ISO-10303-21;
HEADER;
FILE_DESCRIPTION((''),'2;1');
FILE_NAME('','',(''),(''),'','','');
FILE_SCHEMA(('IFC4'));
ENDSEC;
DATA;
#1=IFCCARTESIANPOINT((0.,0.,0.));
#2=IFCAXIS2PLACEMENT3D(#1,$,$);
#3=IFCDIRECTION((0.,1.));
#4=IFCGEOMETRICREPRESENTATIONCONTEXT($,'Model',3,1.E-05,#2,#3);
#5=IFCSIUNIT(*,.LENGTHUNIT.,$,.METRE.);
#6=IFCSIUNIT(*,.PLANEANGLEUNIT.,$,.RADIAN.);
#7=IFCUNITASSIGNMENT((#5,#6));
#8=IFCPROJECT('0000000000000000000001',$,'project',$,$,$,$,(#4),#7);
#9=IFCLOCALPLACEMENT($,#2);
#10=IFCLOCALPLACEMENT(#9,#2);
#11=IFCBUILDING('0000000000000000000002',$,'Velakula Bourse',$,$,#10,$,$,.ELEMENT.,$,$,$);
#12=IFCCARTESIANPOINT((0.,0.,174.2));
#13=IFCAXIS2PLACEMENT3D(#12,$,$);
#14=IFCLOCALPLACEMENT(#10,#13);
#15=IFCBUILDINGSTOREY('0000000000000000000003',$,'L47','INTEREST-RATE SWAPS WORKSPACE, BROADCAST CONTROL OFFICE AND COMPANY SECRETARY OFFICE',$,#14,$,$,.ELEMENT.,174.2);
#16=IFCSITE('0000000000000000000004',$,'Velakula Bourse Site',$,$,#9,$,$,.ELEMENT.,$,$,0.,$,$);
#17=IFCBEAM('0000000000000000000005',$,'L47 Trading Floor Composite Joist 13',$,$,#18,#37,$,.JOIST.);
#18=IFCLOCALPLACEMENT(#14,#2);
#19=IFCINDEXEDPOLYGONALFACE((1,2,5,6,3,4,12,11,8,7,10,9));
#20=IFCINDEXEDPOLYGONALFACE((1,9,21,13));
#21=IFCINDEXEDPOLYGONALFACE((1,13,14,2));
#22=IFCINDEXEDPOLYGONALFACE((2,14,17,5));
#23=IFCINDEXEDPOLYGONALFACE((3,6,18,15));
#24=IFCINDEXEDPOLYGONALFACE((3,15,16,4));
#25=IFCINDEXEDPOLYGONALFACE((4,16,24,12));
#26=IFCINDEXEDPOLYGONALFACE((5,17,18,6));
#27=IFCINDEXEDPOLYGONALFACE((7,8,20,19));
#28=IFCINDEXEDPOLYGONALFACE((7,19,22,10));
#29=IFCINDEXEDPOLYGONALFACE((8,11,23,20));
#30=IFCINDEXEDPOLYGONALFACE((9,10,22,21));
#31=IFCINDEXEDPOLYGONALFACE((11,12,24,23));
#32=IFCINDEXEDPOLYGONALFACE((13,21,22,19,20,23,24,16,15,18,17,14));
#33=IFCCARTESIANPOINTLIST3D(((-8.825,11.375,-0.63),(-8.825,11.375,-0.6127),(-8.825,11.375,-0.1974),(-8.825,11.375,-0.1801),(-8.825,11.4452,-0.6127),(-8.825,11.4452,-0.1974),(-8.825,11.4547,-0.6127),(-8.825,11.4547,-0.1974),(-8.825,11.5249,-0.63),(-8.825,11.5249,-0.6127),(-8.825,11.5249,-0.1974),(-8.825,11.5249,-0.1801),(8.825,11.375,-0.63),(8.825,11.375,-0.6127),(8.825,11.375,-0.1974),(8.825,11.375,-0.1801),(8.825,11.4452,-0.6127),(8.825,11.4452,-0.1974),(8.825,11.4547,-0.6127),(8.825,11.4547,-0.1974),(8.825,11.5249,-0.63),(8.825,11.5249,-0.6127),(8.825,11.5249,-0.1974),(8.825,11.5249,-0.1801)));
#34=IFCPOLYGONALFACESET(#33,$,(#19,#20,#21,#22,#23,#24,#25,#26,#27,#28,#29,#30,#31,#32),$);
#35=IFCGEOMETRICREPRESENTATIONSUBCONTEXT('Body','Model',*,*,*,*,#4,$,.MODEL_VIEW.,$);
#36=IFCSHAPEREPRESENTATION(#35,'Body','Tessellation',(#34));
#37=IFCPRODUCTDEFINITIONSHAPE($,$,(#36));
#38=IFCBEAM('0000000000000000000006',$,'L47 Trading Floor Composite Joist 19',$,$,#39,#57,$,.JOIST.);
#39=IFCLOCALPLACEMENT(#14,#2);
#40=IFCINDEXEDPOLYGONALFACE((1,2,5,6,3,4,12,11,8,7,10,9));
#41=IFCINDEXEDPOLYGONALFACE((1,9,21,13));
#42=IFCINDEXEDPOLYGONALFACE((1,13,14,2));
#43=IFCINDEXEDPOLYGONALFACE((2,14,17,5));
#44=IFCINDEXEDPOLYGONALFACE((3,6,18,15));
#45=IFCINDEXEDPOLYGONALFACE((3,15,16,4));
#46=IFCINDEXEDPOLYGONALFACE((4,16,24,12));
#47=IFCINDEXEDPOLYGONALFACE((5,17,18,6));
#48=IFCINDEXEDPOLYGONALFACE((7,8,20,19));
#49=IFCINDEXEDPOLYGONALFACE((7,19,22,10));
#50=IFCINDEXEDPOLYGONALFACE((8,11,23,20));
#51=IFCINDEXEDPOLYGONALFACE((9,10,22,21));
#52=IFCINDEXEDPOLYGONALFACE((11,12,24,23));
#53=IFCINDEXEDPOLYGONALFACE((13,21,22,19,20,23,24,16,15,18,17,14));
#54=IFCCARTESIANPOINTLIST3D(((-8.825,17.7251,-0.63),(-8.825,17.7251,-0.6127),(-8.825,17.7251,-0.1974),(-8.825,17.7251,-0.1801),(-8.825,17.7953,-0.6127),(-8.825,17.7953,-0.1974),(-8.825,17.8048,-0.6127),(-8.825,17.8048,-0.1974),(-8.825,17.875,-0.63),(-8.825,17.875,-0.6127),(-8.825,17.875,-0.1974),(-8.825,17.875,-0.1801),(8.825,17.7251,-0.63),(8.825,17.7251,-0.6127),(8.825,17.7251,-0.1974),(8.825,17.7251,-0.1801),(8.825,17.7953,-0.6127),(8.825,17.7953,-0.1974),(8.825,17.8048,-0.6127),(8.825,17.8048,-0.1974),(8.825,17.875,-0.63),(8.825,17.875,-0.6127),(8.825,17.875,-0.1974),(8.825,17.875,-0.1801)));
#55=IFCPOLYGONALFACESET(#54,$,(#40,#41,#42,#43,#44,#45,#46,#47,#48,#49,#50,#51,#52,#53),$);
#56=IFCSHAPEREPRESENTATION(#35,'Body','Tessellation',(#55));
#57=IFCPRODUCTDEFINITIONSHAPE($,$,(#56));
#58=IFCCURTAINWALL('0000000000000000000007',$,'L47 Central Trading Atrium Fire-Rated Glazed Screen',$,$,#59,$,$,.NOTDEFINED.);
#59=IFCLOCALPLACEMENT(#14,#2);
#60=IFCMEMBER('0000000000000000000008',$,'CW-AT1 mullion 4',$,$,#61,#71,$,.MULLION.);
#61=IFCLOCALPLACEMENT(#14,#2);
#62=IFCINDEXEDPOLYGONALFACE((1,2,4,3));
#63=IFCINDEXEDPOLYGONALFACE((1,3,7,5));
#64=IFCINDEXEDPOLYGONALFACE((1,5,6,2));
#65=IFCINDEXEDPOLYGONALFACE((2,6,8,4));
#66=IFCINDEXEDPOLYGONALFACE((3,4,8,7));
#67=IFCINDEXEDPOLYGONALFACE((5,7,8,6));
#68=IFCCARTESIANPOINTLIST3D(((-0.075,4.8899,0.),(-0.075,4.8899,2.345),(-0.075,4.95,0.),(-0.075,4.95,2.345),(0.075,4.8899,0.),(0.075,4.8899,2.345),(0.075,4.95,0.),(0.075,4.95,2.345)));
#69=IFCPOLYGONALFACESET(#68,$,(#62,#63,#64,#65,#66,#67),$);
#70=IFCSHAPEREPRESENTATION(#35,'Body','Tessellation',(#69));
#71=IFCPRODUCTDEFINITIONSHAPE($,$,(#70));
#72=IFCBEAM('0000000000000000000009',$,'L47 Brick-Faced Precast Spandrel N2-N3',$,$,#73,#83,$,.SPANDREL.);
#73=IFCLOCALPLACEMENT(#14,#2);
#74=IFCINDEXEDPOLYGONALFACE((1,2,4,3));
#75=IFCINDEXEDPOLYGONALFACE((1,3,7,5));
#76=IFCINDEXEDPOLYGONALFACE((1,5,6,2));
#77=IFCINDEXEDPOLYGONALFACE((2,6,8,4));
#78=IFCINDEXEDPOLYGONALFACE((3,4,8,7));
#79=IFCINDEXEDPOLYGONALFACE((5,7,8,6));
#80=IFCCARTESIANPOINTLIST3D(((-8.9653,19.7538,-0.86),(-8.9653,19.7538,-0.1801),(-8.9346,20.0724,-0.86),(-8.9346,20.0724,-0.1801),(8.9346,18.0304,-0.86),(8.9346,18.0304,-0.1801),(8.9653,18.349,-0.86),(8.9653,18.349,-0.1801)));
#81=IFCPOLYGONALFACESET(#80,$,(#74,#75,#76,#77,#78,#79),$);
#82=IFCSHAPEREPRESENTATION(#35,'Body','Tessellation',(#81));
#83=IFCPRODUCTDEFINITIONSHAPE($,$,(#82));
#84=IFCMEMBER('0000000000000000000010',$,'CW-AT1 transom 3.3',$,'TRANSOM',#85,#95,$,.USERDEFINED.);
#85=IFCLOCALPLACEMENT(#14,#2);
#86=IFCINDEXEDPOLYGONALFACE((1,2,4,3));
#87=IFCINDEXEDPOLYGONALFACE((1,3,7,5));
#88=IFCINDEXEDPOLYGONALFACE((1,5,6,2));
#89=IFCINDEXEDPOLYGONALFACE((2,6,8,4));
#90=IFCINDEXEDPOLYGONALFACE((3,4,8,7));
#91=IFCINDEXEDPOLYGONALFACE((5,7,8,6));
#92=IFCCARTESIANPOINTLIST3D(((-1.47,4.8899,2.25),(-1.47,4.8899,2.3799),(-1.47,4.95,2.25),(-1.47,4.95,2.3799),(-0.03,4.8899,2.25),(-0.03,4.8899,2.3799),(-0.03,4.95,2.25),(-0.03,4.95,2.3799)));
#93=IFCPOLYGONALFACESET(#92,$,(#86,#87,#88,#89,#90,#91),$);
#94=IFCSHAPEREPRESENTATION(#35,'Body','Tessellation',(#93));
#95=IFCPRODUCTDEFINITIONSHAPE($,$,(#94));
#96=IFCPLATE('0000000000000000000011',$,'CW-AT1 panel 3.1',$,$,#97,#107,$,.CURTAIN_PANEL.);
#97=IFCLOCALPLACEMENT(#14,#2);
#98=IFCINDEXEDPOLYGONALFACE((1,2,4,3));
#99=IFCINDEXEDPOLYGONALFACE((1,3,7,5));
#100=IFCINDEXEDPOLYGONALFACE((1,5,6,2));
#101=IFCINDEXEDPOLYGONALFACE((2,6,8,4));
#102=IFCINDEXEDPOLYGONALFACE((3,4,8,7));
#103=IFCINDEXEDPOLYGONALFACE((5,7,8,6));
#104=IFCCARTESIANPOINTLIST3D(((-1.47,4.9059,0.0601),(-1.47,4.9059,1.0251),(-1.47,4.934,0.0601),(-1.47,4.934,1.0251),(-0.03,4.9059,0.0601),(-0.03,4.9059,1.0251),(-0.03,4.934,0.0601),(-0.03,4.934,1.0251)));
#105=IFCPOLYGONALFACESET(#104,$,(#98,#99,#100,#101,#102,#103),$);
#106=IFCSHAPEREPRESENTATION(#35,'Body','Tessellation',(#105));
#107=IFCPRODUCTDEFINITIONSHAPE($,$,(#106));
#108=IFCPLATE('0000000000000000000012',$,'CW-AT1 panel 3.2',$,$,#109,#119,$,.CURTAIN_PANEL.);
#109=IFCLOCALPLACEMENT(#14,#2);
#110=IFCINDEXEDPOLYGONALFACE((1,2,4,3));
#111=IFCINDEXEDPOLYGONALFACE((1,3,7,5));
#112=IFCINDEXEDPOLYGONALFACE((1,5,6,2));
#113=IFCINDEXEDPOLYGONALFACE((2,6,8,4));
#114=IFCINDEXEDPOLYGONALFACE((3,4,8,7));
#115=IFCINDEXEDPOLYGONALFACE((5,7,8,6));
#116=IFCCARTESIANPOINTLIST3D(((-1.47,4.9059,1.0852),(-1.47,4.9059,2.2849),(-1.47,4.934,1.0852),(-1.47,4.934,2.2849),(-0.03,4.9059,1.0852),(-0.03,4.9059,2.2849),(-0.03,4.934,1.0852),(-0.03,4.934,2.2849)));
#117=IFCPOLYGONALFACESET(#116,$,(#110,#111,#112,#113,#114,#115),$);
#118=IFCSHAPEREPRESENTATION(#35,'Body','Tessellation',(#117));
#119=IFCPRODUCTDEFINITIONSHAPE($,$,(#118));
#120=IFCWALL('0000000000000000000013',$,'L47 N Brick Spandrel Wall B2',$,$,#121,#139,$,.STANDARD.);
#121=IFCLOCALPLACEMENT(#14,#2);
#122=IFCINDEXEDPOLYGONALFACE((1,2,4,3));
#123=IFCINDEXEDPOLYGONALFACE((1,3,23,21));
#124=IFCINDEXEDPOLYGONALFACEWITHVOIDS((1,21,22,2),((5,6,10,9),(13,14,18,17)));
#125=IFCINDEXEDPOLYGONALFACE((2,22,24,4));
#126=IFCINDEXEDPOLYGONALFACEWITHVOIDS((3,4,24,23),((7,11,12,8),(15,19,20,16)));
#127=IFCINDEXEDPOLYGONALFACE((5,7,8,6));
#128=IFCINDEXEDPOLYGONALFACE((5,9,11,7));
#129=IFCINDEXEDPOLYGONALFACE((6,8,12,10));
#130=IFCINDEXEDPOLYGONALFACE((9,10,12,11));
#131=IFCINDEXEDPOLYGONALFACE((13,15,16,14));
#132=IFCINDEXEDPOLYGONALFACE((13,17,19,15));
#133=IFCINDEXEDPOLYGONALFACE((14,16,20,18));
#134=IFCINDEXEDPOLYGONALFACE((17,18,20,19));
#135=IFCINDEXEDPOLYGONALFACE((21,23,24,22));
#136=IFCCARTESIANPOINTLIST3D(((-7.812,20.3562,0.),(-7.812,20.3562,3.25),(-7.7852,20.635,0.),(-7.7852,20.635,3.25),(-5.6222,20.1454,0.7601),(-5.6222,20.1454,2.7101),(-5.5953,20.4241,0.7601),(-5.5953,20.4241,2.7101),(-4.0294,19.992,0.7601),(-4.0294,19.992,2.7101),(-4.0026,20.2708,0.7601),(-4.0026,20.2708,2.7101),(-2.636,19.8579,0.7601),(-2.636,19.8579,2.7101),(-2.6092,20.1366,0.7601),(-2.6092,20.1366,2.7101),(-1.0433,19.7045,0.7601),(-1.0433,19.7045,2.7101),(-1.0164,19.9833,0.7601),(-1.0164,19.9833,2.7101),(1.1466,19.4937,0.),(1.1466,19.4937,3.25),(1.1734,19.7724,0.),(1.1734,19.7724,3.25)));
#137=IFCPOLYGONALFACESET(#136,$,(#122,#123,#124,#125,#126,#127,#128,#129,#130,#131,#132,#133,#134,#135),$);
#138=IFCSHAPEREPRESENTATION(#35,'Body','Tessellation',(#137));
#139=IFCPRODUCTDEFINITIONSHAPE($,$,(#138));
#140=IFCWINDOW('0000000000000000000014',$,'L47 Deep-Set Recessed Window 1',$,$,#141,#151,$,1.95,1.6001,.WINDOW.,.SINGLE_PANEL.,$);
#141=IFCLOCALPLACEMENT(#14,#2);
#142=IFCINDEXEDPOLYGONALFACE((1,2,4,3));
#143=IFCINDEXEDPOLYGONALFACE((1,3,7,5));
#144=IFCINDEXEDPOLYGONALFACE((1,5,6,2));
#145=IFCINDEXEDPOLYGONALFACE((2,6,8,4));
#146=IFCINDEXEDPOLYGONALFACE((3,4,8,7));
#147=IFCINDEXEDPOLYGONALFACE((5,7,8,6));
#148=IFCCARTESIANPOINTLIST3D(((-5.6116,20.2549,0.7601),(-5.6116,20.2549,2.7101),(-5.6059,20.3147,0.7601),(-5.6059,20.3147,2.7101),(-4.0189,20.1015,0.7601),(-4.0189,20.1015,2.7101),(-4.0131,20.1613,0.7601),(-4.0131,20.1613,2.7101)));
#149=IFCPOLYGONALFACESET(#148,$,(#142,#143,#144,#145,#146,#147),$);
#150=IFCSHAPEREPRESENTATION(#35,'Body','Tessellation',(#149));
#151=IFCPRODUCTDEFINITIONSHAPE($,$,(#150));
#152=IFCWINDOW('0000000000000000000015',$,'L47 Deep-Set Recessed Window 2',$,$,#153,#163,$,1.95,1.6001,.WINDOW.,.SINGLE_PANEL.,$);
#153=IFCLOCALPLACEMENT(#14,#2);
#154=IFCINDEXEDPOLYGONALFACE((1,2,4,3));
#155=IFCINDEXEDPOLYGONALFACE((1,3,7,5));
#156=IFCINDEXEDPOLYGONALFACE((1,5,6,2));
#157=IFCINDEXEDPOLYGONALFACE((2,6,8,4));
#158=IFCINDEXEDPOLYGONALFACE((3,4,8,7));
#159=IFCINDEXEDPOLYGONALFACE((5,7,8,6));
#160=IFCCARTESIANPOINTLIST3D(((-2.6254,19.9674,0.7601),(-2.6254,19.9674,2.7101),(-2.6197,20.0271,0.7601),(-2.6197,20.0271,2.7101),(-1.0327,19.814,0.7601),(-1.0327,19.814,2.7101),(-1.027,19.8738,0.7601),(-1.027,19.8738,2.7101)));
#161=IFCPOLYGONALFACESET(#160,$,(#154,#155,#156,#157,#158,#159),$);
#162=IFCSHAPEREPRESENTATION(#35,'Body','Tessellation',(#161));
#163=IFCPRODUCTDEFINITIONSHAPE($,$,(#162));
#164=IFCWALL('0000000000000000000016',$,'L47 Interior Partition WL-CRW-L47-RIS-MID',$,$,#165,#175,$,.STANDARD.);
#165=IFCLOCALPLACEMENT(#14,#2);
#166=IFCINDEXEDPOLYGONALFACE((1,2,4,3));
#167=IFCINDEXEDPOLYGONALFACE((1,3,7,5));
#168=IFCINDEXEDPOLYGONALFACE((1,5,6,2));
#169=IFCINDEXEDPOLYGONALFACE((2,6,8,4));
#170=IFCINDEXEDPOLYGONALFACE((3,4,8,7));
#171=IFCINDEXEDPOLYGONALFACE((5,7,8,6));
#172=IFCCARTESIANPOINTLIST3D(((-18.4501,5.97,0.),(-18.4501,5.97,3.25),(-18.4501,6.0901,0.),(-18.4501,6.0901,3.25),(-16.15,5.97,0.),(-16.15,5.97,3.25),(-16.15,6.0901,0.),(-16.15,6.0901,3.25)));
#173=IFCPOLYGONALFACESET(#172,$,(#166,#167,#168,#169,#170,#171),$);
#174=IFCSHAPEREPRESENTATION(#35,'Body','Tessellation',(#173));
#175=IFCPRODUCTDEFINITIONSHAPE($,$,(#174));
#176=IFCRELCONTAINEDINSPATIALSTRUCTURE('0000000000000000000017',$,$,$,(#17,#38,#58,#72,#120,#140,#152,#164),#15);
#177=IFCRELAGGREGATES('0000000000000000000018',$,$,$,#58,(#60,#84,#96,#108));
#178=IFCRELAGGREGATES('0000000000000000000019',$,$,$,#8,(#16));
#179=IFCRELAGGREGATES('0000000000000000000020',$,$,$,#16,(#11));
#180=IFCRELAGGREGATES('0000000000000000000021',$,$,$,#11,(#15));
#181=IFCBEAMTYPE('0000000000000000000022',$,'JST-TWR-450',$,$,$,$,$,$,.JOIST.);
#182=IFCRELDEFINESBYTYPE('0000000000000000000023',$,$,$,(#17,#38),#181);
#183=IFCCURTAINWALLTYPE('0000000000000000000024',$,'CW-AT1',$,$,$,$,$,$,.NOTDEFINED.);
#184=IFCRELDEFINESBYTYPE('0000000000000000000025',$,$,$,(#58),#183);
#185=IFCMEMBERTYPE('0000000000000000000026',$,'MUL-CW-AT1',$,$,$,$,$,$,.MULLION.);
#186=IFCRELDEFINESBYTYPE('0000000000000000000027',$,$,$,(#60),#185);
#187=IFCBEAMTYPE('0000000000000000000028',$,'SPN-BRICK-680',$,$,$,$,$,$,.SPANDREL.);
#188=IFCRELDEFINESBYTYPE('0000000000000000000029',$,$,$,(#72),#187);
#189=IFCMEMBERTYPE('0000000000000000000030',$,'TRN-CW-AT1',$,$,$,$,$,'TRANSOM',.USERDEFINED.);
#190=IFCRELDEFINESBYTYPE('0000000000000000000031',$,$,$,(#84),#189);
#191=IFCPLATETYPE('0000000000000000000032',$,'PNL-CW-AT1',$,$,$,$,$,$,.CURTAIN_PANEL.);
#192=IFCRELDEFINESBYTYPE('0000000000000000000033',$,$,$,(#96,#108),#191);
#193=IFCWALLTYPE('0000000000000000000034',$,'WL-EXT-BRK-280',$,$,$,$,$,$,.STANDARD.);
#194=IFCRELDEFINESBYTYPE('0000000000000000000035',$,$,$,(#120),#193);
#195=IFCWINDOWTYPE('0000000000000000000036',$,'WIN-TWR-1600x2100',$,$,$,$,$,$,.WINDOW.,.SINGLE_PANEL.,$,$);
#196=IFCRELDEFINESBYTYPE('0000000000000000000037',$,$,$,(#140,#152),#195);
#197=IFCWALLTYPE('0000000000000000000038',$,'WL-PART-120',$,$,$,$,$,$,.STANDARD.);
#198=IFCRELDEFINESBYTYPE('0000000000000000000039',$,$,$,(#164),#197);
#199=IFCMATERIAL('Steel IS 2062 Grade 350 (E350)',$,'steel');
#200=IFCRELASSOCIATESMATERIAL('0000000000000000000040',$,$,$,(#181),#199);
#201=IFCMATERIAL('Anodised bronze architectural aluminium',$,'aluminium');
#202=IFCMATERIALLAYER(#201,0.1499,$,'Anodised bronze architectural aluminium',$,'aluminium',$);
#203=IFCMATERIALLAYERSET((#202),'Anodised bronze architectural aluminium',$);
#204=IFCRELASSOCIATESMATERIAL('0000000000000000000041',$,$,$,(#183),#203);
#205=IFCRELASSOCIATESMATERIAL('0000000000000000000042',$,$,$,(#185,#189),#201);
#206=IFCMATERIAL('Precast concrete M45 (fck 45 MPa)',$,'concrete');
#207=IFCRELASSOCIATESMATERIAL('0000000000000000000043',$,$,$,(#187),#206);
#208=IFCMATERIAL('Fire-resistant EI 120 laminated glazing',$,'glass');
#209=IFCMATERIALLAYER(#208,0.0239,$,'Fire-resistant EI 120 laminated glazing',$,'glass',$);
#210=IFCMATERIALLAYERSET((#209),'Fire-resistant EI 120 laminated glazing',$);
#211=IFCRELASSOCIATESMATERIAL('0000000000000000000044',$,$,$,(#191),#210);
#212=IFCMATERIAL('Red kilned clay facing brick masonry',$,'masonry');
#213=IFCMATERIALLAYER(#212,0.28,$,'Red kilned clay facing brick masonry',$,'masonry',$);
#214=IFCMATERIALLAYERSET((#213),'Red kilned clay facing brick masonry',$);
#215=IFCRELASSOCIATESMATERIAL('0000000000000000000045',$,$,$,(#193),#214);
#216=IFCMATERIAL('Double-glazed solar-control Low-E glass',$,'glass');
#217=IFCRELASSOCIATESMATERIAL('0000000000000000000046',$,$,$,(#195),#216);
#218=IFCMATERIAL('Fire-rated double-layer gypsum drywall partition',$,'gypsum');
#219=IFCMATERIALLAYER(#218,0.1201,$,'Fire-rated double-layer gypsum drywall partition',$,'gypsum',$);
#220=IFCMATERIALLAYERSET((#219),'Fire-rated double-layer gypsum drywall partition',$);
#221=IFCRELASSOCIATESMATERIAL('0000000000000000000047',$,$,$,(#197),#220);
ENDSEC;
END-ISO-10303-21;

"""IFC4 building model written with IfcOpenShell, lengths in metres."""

from ifc_helpers import new_model, si_unit, direction, frame, frame_2d, origin, origin_2d, place, context, subcontext, project, spatial, rectangle, i_section, extrude, material, layer, layer_set, material_profile, profile_set, type_object, element, fill, aggregate, save


model = new_model("IFC4")

# Units and contexts
model_context = context("Model", 3, precision=1e-05, world=origin(), true_north=direction((0.0, 1.0)))
body_context = subcontext(model_context, "Body", "Model", "MODEL_VIEW")
ifc_project = project(units=[si_unit("LENGTHUNIT", "METRE"), si_unit("PLANEANGLEUNIT", "RADIAN")], contexts=[model_context])

# Site, building, storey
site_placement = place(None, origin())
site = spatial("IfcSite", under=ifc_project, at=site_placement, Name="Velakula Bourse Site", CompositionType="ELEMENT", RefElevation=0.0)
building_placement = place(site_placement, origin())
building = spatial("IfcBuilding", under=site, at=building_placement, Name="Velakula Bourse", CompositionType="ELEMENT")
storey_placement = place(building_placement, frame((0.0, 0.0, 174.2)))
storey = spatial("IfcBuildingStorey", under=building, at=storey_placement, Name="L47", Description="INTEREST-RATE SWAPS WORKSPACE, BROADCAST CONTROL OFFICE AND COMPANY SECRETARY OFFICE", CompositionType="ELEMENT", Elevation=174.2)

# Shared definitions
ifc_material_1 = material(Name="Steel IS 2062 Grade 350 (E350)", Category="steel")

# Beams
ifc_material_profile_1 = material_profile(ifc_material_1, i_section(OverallWidth=0.1499, OverallDepth=0.45, WebThickness=0.0095, FlangeThickness=0.0173, at=origin_2d()), Name="Steel IS 2062 Grade 350 (E350)")
ifc_profile_set_1 = profile_set([ifc_material_profile_1], Name="Steel IS 2062 Grade 350 (E350)")
beam_type_1 = type_object("IfcBeamType", Name="JST-TWR-450", PredefinedType="JOIST", material=ifc_profile_set_1)
for number, where, z_axis, x_axis, name in (
    (1, (-8.825, 11.45, -0.405), (1.0, 0.0, 0.0), (0.0, 1.0, 0.0), "L47 Trading Floor Composite Joist 13"),
    (2, (-8.825, 17.8, -0.405), (1.0, 0.0, 0.0), (0.0, 1.0, 0.0), "L47 Trading Floor Composite Joist 19"),
):
    element("IfcBeam", number, at=place(storey_placement, frame(where, z_axis=z_axis, x_axis=x_axis)), inside=storey, type_object=beam_type_1, Name=name, PredefinedType="JOIST", context=body_context, shape_type="SweptSolid", body=[
        extrude(i_section(OverallWidth=0.1499, OverallDepth=0.45, WebThickness=0.0095, FlangeThickness=0.0173, at=origin_2d()), origin(), (0.0, 0.0, 1.0), 17.6499),
    ])

# Curtain wall, member
ifc_material_2 = material(Name="Anodised bronze architectural aluminium", Category="aluminium")
ifc_layer_1 = layer(ifc_material_2, 0.1499, Name="Anodised bronze architectural aluminium", Category="aluminium")
ifc_layer_set_1 = layer_set([ifc_layer_1], Name="Anodised bronze architectural aluminium")
curtain_wall_type = type_object("IfcCurtainWallType", Name="CW-AT1", PredefinedType="NOTDEFINED", material=ifc_layer_set_1)
curtain_wall_placement = place(storey_placement, origin())
curtain_wall = element("IfcCurtainWall", 3, at=curtain_wall_placement, inside=storey, type_object=curtain_wall_type, Name="L47 Central Trading Atrium Fire-Rated Glazed Screen", PredefinedType="NOTDEFINED")
ifc_material_profile_2 = material_profile(ifc_material_2, rectangle(XDim=0.0601, YDim=0.1499, at=origin_2d()), Name="Anodised bronze architectural aluminium")
ifc_profile_set_2 = profile_set([ifc_material_profile_2], Name="Anodised bronze architectural aluminium")
member_type_1 = type_object("IfcMemberType", Name="MUL-CW-AT1", PredefinedType="MULLION", material=ifc_profile_set_2)
member_1_placement = place(storey_placement, frame((0.0, 4.9199, 0.0), z_axis=(0.0, 0.0, 1.0), x_axis=(0.0, 1.0, 0.0)))
member_1 = element("IfcMember", 4, at=member_1_placement, type_object=member_type_1, Name="CW-AT1 mullion 4", PredefinedType="MULLION", context=body_context, shape_type="SweptSolid", body=[
    extrude(rectangle(XDim=0.0601, YDim=0.1499, at=origin_2d()), origin(), (0.0, 0.0, 1.0), 2.345),
])

# Beam
ifc_material_3 = material(Name="Precast concrete M45 (fck 45 MPa)", Category="concrete")
ifc_material_profile_3 = material_profile(ifc_material_3, rectangle(XDim=0.3201, YDim=0.6799, at=origin_2d()), Name="Precast concrete M45 (fck 45 MPa)")
ifc_profile_set_3 = profile_set([ifc_material_profile_3], Name="Precast concrete M45 (fck 45 MPa)")
beam_type_2 = type_object("IfcBeamType", Name="SPN-BRICK-680", PredefinedType="SPANDREL", material=ifc_profile_set_3)
beam_1_placement = place(storey_placement, frame((-8.95, 19.9131, -0.52), z_axis=(0.995397, -0.095836, 0.0), x_axis=(0.095836, 0.995397, 0.0)))
element("IfcBeam", 5, at=beam_1_placement, inside=storey, type_object=beam_type_2, Name="L47 Brick-Faced Precast Spandrel N2-N3", PredefinedType="SPANDREL", context=body_context, shape_type="SweptSolid", body=[
    extrude(rectangle(XDim=0.3201, YDim=0.6799, at=origin_2d()), origin(), (0.0, 0.0, 1.0), 17.9827),
])

# Member
ifc_material_profile_4 = material_profile(ifc_material_2, rectangle(XDim=0.0601, YDim=0.1299, at=origin_2d()), Name="Anodised bronze architectural aluminium")
ifc_profile_set_4 = profile_set([ifc_material_profile_4], Name="Anodised bronze architectural aluminium")
member_type_2 = type_object("IfcMemberType", Name="TRN-CW-AT1", ElementType="TRANSOM", PredefinedType="USERDEFINED", material=ifc_profile_set_4)
member_2_placement = place(storey_placement, frame((-1.47, 4.9199, 2.3149), z_axis=(1.0, 0.0, 0.0), x_axis=(0.0, 1.0, 0.0)))
member_2 = element("IfcMember", 6, at=member_2_placement, type_object=member_type_2, Name="CW-AT1 transom 3.3", ObjectType="TRANSOM", PredefinedType="USERDEFINED", context=body_context, shape_type="SweptSolid", body=[
    extrude(rectangle(XDim=0.0601, YDim=0.1299, at=origin_2d()), origin(), (0.0, 0.0, 1.0), 1.4399),
])

# Plates
ifc_material_4 = material(Name="Fire-resistant EI 120 laminated glazing", Category="glass")
ifc_layer_2 = layer(ifc_material_4, 0.0239, Name="Fire-resistant EI 120 laminated glazing", Category="glass")
ifc_layer_set_2 = layer_set([ifc_layer_2], Name="Fire-resistant EI 120 laminated glazing")
plate_type = type_object("IfcPlateType", Name="PNL-CW-AT1", PredefinedType="CURTAIN_PANEL", material=ifc_layer_set_2)
plate_1_placement = place(storey_placement, frame((-0.75, 4.9199, 0.0601), z_axis=(0.0, 0.0, 1.0), x_axis=(1.0, 0.0, 0.0)))
plate_1 = element("IfcPlate", 7, at=plate_1_placement, type_object=plate_type, Name="CW-AT1 panel 3.1", PredefinedType="CURTAIN_PANEL", context=body_context, shape_type="SweptSolid", body=[
    extrude(rectangle(XDim=1.4399, YDim=0.0281, at=origin_2d()), origin(), (0.0, 0.0, 1.0), 0.9651),
])
plate_2_placement = place(storey_placement, frame((-0.75, 4.9199, 1.0852), z_axis=(0.0, 0.0, 1.0), x_axis=(1.0, 0.0, 0.0)))
plate_2 = element("IfcPlate", 8, at=plate_2_placement, type_object=plate_type, Name="CW-AT1 panel 3.2", PredefinedType="CURTAIN_PANEL", context=body_context, shape_type="SweptSolid", body=[
    extrude(rectangle(XDim=1.4399, YDim=0.0281, at=origin_2d()), origin(), (0.0, 0.0, 1.0), 1.1997),
])
aggregate(curtain_wall, [member_1, member_2, plate_1, plate_2])

# Wall, openings, windows
ifc_material_5 = material(Name="Red kilned clay facing brick masonry", Category="masonry")
ifc_layer_3 = layer(ifc_material_5, 0.28, Name="Red kilned clay facing brick masonry", Category="masonry")
ifc_layer_set_3 = layer_set([ifc_layer_3], Name="Red kilned clay facing brick masonry")
wall_type_1 = type_object("IfcWallType", Name="WL-EXT-BRK-280", PredefinedType="STANDARD", material=ifc_layer_set_3)
wall_1_placement = place(storey_placement, frame((-7.7986, 20.4956, 0.0), z_axis=(0.0, 0.0, 1.0), x_axis=(0.995397, -0.09584, 0.0)))
wall_1 = element("IfcWall", 9, at=wall_1_placement, inside=storey, type_object=wall_type_1, Name="L47 N Brick Spandrel Wall B2", PredefinedType="STANDARD", context=body_context, shape_type="SweptSolid", body=[
    extrude(rectangle(XDim=9.0, YDim=0.28, at=frame_2d((4.5, 0.0))), origin(), (0.0, 0.0, 1.0), 3.25),
])
opening_1_placement = place(wall_1_placement, frame((2.2, 0.0, 0.76)))
opening_1 = element("IfcOpeningElement", 10, at=opening_1_placement, cuts=wall_1, PredefinedType="OPENING", context=body_context, shape_type="SweptSolid", body=[
    extrude(rectangle(XDim=1.6001, YDim=1.95, at=frame_2d((0.8, 0.9751))), frame((0.0, 0.1499, 0.0), z_axis=(0.0, -1.0, 0.0), x_axis=(1.0, 0.0, 0.0)), (0.0, 0.0, 1.0), 0.3),
])
opening_2_placement = place(wall_1_placement, frame((5.2, 0.0, 0.76)))
opening_2 = element("IfcOpeningElement", 11, at=opening_2_placement, cuts=wall_1, PredefinedType="OPENING", context=body_context, shape_type="SweptSolid", body=[
    extrude(rectangle(XDim=1.6001, YDim=1.95, at=frame_2d((0.8, 0.9751))), frame((0.0, 0.1499, 0.0), z_axis=(0.0, -1.0, 0.0), x_axis=(1.0, 0.0, 0.0)), (0.0, 0.0, 1.0), 0.3),
])
ifc_material_6 = material(Name="Double-glazed solar-control Low-E glass", Category="glass")
window_type = type_object("IfcWindowType", Name="WIN-TWR-1600x2100", PartitioningType="SINGLE_PANEL", PredefinedType="WINDOW", material=ifc_material_6)
window_1_placement = place(opening_1_placement, origin())
window_1 = element("IfcWindow", 12, at=window_1_placement, inside=storey, type_object=window_type, Name="L47 Deep-Set Recessed Window 1", OverallHeight=1.95, OverallWidth=1.6001, PartitioningType="SINGLE_PANEL", PredefinedType="WINDOW", context=body_context, shape_type="SweptSolid", body=[
    extrude(rectangle(XDim=1.6001, YDim=1.95, at=frame_2d((0.8, 0.9751))), frame((0.0, 0.03, 0.0), z_axis=(0.0, -1.0, 0.0), x_axis=(1.0, 0.0, 0.0)), (0.0, 0.0, 1.0), 0.0601),
])
fill(opening_1, window_1)
window_2_placement = place(opening_2_placement, origin())
window_2 = element("IfcWindow", 13, at=window_2_placement, inside=storey, type_object=window_type, Name="L47 Deep-Set Recessed Window 2", OverallHeight=1.95, OverallWidth=1.6001, PartitioningType="SINGLE_PANEL", PredefinedType="WINDOW", context=body_context, shape_type="SweptSolid", body=[
    extrude(rectangle(XDim=1.6001, YDim=1.95, at=frame_2d((0.8, 0.9751))), frame((0.0, 0.03, 0.0), z_axis=(0.0, -1.0, 0.0), x_axis=(1.0, 0.0, 0.0)), (0.0, 0.0, 1.0), 0.0601),
])
fill(opening_2, window_2)

# Wall
ifc_material_7 = material(Name="Fire-rated double-layer gypsum drywall partition", Category="gypsum")
ifc_layer_4 = layer(ifc_material_7, 0.1201, Name="Fire-rated double-layer gypsum drywall partition", Category="gypsum")
ifc_layer_set_4 = layer_set([ifc_layer_4], Name="Fire-rated double-layer gypsum drywall partition")
wall_type_2 = type_object("IfcWallType", Name="WL-PART-120", PredefinedType="STANDARD", material=ifc_layer_set_4)
wall_2_placement = place(storey_placement, frame((-18.45, 6.03, 0.0), z_axis=(0.0, 0.0, 1.0), x_axis=(1.0, 0.0, 0.0)))
element("IfcWall", 14, at=wall_2_placement, inside=storey, type_object=wall_type_2, Name="L47 Interior Partition WL-CRW-L47-RIS-MID", PredefinedType="STANDARD", context=body_context, shape_type="SweptSolid", body=[
    extrude(rectangle(XDim=2.3, YDim=0.1201, at=frame_2d((1.1499, 0.0))), origin(), (0.0, 0.0, 1.0), 3.25),
])

save(model, "model.ifc")
